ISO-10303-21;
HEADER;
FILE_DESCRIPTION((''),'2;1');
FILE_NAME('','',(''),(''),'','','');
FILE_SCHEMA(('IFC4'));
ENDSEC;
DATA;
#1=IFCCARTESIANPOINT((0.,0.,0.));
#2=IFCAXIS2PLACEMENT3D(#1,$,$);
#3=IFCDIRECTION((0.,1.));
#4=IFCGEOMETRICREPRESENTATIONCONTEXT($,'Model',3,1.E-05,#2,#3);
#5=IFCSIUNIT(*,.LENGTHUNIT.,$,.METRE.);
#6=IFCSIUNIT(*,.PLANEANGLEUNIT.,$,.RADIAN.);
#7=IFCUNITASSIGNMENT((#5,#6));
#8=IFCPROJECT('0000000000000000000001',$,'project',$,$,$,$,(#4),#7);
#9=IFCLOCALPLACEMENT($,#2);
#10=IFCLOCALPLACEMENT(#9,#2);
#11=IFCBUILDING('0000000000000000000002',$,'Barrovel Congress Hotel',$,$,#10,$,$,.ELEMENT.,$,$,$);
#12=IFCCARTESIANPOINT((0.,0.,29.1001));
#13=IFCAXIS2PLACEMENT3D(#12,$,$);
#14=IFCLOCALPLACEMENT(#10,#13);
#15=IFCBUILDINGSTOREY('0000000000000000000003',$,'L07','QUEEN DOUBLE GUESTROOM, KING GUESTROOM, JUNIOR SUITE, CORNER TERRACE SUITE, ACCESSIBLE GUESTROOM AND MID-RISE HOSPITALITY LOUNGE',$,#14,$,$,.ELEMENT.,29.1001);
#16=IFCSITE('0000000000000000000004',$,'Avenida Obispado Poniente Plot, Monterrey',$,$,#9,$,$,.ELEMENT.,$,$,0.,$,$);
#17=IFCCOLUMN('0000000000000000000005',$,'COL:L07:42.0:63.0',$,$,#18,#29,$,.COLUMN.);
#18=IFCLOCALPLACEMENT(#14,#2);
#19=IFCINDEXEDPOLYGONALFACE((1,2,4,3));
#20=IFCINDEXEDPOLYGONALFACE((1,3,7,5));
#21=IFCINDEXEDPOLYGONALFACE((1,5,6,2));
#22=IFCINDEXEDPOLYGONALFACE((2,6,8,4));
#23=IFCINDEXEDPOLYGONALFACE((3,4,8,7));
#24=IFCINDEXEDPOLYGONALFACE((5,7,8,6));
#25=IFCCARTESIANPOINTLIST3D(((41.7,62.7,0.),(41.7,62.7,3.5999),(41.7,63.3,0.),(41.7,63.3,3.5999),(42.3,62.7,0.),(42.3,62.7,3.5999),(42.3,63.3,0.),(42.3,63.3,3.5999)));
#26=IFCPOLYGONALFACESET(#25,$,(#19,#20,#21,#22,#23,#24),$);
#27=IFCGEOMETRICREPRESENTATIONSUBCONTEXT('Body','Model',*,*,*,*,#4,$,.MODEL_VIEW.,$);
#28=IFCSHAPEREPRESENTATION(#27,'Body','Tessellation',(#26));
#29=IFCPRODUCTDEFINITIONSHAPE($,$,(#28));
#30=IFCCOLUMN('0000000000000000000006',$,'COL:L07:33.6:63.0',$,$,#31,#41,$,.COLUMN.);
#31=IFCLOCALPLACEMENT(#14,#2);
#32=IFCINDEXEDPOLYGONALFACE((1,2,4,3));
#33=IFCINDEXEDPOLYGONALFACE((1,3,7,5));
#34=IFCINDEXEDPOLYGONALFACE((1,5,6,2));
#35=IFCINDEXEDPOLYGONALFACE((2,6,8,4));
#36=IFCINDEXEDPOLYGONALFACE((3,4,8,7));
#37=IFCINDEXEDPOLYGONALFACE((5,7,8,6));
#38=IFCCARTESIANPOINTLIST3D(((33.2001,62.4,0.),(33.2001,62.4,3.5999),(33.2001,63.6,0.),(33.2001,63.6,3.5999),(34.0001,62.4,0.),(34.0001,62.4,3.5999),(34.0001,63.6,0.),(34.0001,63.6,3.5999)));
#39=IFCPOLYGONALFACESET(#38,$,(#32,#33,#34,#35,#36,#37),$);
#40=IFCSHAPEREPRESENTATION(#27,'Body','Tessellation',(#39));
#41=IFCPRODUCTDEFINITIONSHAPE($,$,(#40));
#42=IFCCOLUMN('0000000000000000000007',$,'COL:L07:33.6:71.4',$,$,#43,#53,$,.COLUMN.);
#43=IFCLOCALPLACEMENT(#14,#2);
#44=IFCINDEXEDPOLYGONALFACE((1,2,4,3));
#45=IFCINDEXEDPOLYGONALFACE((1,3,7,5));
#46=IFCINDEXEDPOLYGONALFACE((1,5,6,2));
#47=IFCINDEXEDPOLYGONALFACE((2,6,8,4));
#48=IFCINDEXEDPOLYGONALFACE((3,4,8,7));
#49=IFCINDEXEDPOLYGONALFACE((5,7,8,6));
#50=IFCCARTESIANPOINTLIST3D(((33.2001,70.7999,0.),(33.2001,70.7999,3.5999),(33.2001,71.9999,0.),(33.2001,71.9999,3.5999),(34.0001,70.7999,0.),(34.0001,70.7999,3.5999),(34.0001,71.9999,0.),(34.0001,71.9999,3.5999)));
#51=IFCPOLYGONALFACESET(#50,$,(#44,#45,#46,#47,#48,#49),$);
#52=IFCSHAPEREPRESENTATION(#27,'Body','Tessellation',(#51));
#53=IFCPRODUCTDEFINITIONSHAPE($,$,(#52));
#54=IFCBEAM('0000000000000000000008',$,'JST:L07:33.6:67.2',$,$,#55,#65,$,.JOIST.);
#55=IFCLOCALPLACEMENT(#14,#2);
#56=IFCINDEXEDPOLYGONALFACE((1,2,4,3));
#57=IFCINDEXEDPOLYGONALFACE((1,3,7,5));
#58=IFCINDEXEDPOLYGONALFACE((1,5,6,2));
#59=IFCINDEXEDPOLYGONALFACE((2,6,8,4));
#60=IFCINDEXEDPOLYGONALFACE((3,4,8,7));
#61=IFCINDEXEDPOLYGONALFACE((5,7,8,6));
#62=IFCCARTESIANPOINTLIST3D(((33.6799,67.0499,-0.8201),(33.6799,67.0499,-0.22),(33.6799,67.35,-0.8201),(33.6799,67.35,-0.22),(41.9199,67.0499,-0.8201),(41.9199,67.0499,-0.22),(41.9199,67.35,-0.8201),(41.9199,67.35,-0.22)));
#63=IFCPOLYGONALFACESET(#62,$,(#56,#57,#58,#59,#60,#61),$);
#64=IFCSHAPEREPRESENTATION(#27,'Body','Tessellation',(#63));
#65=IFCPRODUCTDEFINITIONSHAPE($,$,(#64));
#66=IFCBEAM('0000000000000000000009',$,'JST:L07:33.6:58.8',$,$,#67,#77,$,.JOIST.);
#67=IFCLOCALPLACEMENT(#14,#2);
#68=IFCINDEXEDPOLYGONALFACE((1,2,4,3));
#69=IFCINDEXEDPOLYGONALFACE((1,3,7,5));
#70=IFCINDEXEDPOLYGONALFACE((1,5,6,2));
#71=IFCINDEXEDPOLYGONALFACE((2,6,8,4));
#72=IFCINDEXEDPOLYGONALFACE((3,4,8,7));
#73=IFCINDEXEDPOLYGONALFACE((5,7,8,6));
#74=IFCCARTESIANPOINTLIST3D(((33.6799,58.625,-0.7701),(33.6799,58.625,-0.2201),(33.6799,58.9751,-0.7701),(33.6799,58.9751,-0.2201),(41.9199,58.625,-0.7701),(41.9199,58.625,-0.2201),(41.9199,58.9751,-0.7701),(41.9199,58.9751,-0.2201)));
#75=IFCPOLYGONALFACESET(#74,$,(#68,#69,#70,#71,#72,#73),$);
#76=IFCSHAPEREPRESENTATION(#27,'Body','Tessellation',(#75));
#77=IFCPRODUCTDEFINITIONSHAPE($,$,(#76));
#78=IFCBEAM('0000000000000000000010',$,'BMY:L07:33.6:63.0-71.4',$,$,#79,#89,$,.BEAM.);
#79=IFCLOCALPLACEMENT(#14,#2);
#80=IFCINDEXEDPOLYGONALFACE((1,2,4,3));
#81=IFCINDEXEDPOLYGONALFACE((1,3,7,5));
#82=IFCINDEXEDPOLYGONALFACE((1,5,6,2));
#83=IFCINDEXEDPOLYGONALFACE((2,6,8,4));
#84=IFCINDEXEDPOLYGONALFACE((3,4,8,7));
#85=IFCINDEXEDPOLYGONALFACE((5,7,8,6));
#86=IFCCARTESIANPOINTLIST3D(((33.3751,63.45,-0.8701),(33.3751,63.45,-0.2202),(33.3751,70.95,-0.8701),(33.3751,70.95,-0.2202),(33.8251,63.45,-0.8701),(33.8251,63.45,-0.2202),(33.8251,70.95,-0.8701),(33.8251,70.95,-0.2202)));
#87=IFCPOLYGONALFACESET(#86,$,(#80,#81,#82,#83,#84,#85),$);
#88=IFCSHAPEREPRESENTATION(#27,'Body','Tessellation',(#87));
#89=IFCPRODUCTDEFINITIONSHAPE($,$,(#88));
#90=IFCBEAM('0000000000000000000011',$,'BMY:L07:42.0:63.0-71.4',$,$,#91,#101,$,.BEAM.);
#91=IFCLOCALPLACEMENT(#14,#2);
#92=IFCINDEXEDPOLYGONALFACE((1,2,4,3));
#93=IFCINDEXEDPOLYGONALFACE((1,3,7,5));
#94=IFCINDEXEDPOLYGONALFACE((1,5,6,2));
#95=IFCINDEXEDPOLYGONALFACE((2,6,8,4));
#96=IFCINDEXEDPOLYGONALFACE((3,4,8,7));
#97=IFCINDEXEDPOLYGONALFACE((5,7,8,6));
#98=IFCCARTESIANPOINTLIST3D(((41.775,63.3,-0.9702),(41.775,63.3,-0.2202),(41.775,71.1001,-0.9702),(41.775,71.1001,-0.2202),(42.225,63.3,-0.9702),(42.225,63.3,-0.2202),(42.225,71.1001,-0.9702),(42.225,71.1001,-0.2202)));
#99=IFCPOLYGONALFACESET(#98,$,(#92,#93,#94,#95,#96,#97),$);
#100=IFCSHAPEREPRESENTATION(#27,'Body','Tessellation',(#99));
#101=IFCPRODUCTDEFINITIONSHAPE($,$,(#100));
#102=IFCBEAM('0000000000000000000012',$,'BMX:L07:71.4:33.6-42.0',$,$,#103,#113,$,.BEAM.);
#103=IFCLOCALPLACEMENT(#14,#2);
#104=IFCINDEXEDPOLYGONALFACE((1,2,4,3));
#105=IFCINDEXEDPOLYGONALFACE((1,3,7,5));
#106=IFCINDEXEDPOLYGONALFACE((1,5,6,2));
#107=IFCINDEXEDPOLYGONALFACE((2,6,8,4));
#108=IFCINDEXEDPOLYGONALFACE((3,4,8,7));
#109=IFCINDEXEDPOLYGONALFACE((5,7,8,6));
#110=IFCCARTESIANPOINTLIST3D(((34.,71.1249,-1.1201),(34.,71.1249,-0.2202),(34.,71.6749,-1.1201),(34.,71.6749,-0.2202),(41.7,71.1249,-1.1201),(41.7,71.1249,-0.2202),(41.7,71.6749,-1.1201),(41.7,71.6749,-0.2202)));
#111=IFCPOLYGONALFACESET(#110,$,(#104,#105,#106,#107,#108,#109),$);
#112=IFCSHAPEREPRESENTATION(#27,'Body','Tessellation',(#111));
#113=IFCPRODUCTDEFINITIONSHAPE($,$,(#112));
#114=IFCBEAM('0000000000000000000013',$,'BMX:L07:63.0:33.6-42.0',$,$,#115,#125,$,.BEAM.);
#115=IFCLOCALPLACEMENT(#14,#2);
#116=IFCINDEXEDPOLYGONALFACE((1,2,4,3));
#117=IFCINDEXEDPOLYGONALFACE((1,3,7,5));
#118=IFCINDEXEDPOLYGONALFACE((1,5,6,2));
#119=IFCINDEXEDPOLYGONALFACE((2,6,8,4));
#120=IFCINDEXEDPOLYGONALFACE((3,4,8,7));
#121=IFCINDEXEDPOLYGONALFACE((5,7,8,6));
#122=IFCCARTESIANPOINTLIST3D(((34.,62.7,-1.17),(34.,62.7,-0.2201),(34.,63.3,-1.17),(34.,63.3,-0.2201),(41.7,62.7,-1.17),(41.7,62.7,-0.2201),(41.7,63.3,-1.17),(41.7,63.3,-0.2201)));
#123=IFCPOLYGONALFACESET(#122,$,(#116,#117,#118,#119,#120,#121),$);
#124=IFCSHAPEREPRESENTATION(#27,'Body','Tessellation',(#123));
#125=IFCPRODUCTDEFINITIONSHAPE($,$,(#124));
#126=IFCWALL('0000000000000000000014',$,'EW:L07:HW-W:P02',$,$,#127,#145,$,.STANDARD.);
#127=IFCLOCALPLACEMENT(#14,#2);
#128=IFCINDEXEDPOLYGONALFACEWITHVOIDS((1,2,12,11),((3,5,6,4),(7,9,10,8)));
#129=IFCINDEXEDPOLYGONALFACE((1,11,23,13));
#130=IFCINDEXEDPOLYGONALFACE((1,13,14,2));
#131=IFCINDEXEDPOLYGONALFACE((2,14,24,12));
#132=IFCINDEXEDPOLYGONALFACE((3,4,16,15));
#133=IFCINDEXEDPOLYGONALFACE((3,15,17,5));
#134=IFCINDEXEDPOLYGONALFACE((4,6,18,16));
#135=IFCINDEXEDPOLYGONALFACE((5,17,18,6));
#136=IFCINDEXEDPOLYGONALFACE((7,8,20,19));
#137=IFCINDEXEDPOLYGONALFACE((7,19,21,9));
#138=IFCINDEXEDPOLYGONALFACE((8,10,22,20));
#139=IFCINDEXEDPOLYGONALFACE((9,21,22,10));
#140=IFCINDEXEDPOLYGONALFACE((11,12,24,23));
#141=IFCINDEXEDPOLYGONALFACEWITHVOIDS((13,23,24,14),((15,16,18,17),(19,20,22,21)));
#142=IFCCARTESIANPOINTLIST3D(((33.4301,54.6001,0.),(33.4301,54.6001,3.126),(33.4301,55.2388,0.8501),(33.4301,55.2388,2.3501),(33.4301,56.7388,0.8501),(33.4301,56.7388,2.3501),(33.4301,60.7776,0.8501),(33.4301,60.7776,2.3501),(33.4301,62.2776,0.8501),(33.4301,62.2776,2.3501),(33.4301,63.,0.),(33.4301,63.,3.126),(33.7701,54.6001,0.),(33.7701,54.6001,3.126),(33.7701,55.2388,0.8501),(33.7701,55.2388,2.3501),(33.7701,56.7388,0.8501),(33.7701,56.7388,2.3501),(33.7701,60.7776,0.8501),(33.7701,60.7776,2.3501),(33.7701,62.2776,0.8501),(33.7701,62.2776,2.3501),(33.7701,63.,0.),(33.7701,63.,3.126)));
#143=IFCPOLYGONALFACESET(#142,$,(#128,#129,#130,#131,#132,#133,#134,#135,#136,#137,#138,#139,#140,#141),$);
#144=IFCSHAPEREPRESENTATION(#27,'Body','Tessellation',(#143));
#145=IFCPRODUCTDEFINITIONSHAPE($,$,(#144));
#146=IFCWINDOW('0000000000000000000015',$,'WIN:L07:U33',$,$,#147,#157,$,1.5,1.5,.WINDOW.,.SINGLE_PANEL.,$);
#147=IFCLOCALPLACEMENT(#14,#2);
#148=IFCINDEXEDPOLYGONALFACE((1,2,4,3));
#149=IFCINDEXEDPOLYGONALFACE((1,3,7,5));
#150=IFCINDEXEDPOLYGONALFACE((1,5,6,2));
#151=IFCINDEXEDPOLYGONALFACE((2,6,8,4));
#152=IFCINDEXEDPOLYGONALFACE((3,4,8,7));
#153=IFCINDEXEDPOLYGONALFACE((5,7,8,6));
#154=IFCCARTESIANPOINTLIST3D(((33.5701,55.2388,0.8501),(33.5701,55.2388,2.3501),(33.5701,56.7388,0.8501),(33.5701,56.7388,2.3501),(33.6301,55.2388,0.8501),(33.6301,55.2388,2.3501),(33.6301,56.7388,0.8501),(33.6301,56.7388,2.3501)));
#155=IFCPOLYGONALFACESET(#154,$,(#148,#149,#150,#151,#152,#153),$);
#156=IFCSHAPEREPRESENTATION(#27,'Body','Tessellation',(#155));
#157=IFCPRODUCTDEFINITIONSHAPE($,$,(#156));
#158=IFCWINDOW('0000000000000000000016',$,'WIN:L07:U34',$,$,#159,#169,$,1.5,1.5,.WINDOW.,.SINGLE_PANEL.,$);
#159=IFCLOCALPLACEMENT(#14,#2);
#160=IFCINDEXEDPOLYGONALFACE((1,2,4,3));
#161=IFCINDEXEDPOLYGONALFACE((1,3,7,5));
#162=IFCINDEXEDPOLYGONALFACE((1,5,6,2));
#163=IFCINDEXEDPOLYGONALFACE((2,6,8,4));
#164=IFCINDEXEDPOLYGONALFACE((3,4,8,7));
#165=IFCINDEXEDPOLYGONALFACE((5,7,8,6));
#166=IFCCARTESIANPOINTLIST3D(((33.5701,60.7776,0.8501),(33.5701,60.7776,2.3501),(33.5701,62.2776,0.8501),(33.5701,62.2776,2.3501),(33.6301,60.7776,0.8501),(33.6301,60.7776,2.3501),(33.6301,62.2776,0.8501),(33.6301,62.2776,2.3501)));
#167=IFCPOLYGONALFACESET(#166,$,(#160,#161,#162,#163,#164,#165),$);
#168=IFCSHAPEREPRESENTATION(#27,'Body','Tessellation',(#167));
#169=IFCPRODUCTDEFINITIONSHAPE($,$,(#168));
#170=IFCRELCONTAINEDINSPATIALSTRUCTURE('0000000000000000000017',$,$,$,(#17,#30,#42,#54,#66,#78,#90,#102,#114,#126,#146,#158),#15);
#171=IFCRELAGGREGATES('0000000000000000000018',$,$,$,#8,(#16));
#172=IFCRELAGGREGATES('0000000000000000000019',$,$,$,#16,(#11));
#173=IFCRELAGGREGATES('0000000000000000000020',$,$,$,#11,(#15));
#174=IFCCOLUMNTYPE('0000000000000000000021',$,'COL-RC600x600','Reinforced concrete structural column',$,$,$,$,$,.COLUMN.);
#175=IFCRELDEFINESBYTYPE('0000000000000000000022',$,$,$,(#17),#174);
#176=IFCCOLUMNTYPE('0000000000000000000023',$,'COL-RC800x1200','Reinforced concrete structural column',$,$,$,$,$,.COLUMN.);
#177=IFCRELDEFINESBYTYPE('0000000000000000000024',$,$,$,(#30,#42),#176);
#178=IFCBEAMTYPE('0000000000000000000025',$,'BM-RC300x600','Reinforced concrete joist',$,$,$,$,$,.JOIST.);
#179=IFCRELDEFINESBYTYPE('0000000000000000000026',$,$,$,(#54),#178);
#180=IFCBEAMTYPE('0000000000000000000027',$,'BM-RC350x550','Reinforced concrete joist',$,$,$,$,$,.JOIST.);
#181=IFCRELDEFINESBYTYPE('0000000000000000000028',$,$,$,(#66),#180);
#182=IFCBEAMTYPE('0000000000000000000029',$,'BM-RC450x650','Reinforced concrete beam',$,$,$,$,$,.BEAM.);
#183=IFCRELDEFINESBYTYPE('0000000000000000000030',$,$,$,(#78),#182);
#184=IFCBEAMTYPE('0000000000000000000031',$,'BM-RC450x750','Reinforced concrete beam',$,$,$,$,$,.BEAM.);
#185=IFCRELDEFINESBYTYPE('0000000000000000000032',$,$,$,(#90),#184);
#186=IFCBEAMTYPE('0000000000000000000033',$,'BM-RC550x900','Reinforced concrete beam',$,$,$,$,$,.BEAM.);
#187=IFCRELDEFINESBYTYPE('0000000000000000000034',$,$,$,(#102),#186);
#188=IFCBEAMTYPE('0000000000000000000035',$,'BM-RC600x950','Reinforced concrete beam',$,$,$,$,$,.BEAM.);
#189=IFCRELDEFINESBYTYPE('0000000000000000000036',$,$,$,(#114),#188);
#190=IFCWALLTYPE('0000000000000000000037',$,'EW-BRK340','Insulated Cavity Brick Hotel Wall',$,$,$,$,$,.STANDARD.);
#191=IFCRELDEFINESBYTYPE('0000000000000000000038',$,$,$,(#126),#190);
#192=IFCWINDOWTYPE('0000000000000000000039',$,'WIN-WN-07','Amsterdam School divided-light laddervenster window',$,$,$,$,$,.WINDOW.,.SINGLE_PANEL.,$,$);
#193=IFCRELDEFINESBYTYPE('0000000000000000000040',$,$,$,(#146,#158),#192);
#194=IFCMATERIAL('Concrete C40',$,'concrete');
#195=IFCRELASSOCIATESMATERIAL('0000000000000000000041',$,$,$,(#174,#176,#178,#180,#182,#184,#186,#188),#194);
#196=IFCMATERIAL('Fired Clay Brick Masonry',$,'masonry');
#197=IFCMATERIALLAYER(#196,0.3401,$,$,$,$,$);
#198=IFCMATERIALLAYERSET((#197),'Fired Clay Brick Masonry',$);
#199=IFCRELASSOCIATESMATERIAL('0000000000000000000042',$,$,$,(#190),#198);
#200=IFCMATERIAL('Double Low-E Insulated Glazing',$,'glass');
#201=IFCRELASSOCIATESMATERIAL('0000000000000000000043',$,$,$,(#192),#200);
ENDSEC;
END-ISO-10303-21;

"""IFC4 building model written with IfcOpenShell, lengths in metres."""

from ifc_helpers import new_model, si_unit, direction, frame, frame_2d, origin, origin_2d, place, context, subcontext, project, spatial, rectangle, extrude, material, layer, layer_set, material_profile, profile_set, type_object, element, fill, save


model = new_model("IFC4")

# Units and contexts
model_context = context("Model", 3, precision=1e-05, world=origin(), true_north=direction((0.0, 1.0)))
body_context = subcontext(model_context, "Body", "Model", "MODEL_VIEW")
ifc_project = project(units=[si_unit("LENGTHUNIT", "METRE"), si_unit("PLANEANGLEUNIT", "RADIAN")], contexts=[model_context])

# Site, building, storey
site_placement = place(None, origin())
site = spatial("IfcSite", under=ifc_project, at=site_placement, Name="Avenida Obispado Poniente Plot, Monterrey", CompositionType="ELEMENT", RefElevation=0.0)
building_placement = place(site_placement, origin())
building = spatial("IfcBuilding", under=site, at=building_placement, Name="Barrovel Congress Hotel", CompositionType="ELEMENT")
storey_placement = place(building_placement, frame((0.0, 0.0, 29.1001)))
storey = spatial("IfcBuildingStorey", under=building, at=storey_placement, Name="L07", Description="QUEEN DOUBLE GUESTROOM, KING GUESTROOM, JUNIOR SUITE, CORNER TERRACE SUITE, ACCESSIBLE GUESTROOM AND MID-RISE HOSPITALITY LOUNGE", CompositionType="ELEMENT", Elevation=29.1001)

# Columns
ifc_material_1 = material(Name="Concrete C40", Category="concrete")
ifc_material_profile_1 = material_profile(ifc_material_1, rectangle(XDim=0.6001, YDim=0.6001, at=origin_2d()), Name="RC600x600")
ifc_profile_set_1 = profile_set([ifc_material_profile_1], Name="Concrete C40")
column_type_1 = type_object("IfcColumnType", Name="COL-RC600x600", Description="Reinforced concrete structural column", PredefinedType="COLUMN", material=ifc_profile_set_1)
column_placement = place(storey_placement, frame((42.0, 63.0, 0.0), z_axis=(0.0, 0.0, 1.0), x_axis=(1.0, 0.0, 0.0)))
element("IfcColumn", 1, at=column_placement, inside=storey, type_object=column_type_1, Name="COL:L07:42.0:63.0", PredefinedType="COLUMN", context=body_context, shape_type="SweptSolid", body=[
    extrude(rectangle(XDim=0.6001, YDim=0.6001, at=origin_2d()), origin(), (0.0, 0.0, 1.0), 3.5999),
])
ifc_material_profile_2 = material_profile(ifc_material_1, rectangle(XDim=0.8, YDim=1.2, at=origin_2d()), Name="RC800x1200")
ifc_profile_set_2 = profile_set([ifc_material_profile_2], Name="Concrete C40")
column_type_2 = type_object("IfcColumnType", Name="COL-RC800x1200", Description="Reinforced concrete structural column", PredefinedType="COLUMN", material=ifc_profile_set_2)
for number, where, z_axis, x_axis, name in (
    (2, (33.6001, 63.0, 0.0), (0.0, 0.0, 1.0), (1.0, 0.0, 0.0), "COL:L07:33.6:63.0"),
    (3, (33.6001, 71.3999, 0.0), (0.0, 0.0, 1.0), (1.0, 0.0, 0.0), "COL:L07:33.6:71.4"),
):
    element("IfcColumn", number, at=place(storey_placement, frame(where, z_axis=z_axis, x_axis=x_axis)), inside=storey, type_object=column_type_2, Name=name, PredefinedType="COLUMN", context=body_context, shape_type="SweptSolid", body=[
        extrude(rectangle(XDim=0.8, YDim=1.2, at=origin_2d()), origin(), (0.0, 0.0, 1.0), 3.5999),
    ])

# Beams
ifc_material_profile_3 = material_profile(ifc_material_1, rectangle(XDim=0.3, YDim=0.6001, at=origin_2d()), Name="RC300x600")
ifc_profile_set_3 = profile_set([ifc_material_profile_3], Name="Concrete C40")
beam_type_1 = type_object("IfcBeamType", Name="BM-RC300x600", Description="Reinforced concrete joist", PredefinedType="JOIST", material=ifc_profile_set_3)
beam_1_placement = place(storey_placement, frame((33.6799, 67.2, -0.52), z_axis=(1.0, 0.0, 0.0), x_axis=(0.0, 1.0, 0.0)))
element("IfcBeam", 4, at=beam_1_placement, inside=storey, type_object=beam_type_1, Name="JST:L07:33.6:67.2", PredefinedType="JOIST", context=body_context, shape_type="SweptSolid", body=[
    extrude(rectangle(XDim=0.3, YDim=0.6001, at=origin_2d()), origin(), (0.0, 0.0, 1.0), 8.24),
])
ifc_material_profile_4 = material_profile(ifc_material_1, rectangle(XDim=0.3501, YDim=0.55, at=origin_2d()), Name="RC350x550")
ifc_profile_set_4 = profile_set([ifc_material_profile_4], Name="Concrete C40")
beam_type_2 = type_object("IfcBeamType", Name="BM-RC350x550", Description="Reinforced concrete joist", PredefinedType="JOIST", material=ifc_profile_set_4)
beam_2_placement = place(storey_placement, frame((33.6799, 58.8, -0.4951), z_axis=(1.0, 0.0, 0.0), x_axis=(0.0, 1.0, 0.0)))
element("IfcBeam", 5, at=beam_2_placement, inside=storey, type_object=beam_type_2, Name="JST:L07:33.6:58.8", PredefinedType="JOIST", context=body_context, shape_type="SweptSolid", body=[
    extrude(rectangle(XDim=0.3501, YDim=0.55, at=origin_2d()), origin(), (0.0, 0.0, 1.0), 8.24),
])
ifc_material_profile_5 = material_profile(ifc_material_1, rectangle(XDim=0.45, YDim=0.6499, at=origin_2d()), Name="RC450x650")
ifc_profile_set_5 = profile_set([ifc_material_profile_5], Name="Concrete C40")
beam_type_3 = type_object("IfcBeamType", Name="BM-RC450x650", Description="Reinforced concrete beam", PredefinedType="BEAM", material=ifc_profile_set_5)
beam_3_placement = place(storey_placement, frame((33.6001, 63.45, -0.5452), z_axis=(0.0, 1.0, 0.0), x_axis=(-1.0, 0.0, 0.0)))
element("IfcBeam", 6, at=beam_3_placement, inside=storey, type_object=beam_type_3, Name="BMY:L07:33.6:63.0-71.4", PredefinedType="BEAM", context=body_context, shape_type="SweptSolid", body=[
    extrude(rectangle(XDim=0.45, YDim=0.6499, at=origin_2d()), origin(), (0.0, 0.0, 1.0), 7.5),
])
ifc_material_profile_6 = material_profile(ifc_material_1, rectangle(XDim=0.45, YDim=0.75, at=origin_2d()), Name="RC450x750")
ifc_profile_set_6 = profile_set([ifc_material_profile_6], Name="Concrete C40")
beam_type_4 = type_object("IfcBeamType", Name="BM-RC450x750", Description="Reinforced concrete beam", PredefinedType="BEAM", material=ifc_profile_set_6)
beam_4_placement = place(storey_placement, frame((42.0, 63.3, -0.5952), z_axis=(0.0, 1.0, 0.0), x_axis=(-1.0, 0.0, 0.0)))
element("IfcBeam", 7, at=beam_4_placement, inside=storey, type_object=beam_type_4, Name="BMY:L07:42.0:63.0-71.4", PredefinedType="BEAM", context=body_context, shape_type="SweptSolid", body=[
    extrude(rectangle(XDim=0.45, YDim=0.75, at=origin_2d()), origin(), (0.0, 0.0, 1.0), 7.8),
])
ifc_material_profile_7 = material_profile(ifc_material_1, rectangle(XDim=0.55, YDim=0.8999, at=origin_2d()), Name="RC550x900")
ifc_profile_set_7 = profile_set([ifc_material_profile_7], Name="Concrete C40")
beam_type_5 = type_object("IfcBeamType", Name="BM-RC550x900", Description="Reinforced concrete beam", PredefinedType="BEAM", material=ifc_profile_set_7)
beam_5_placement = place(storey_placement, frame((34.0, 71.3999, -0.6702), z_axis=(1.0, 0.0, 0.0), x_axis=(0.0, 1.0, 0.0)))
element("IfcBeam", 8, at=beam_5_placement, inside=storey, type_object=beam_type_5, Name="BMX:L07:71.4:33.6-42.0", PredefinedType="BEAM", context=body_context, shape_type="SweptSolid", body=[
    extrude(rectangle(XDim=0.55, YDim=0.8999, at=origin_2d()), origin(), (0.0, 0.0, 1.0), 7.7),
])
ifc_material_profile_8 = material_profile(ifc_material_1, rectangle(XDim=0.6001, YDim=0.95, at=origin_2d()), Name="RC600x950")
ifc_profile_set_8 = profile_set([ifc_material_profile_8], Name="Concrete C40")
beam_type_6 = type_object("IfcBeamType", Name="BM-RC600x950", Description="Reinforced concrete beam", PredefinedType="BEAM", material=ifc_profile_set_8)
beam_6_placement = place(storey_placement, frame((34.0, 63.0, -0.6951), z_axis=(1.0, 0.0, 0.0), x_axis=(0.0, 1.0, 0.0)))
element("IfcBeam", 9, at=beam_6_placement, inside=storey, type_object=beam_type_6, Name="BMX:L07:63.0:33.6-42.0", PredefinedType="BEAM", context=body_context, shape_type="SweptSolid", body=[
    extrude(rectangle(XDim=0.6001, YDim=0.95, at=origin_2d()), origin(), (0.0, 0.0, 1.0), 7.7),
])

# Wall, openings, windows
ifc_material_2 = material(Name="Fired Clay Brick Masonry", Category="masonry")
ifc_layer_1 = layer(ifc_material_2, 0.3401)
ifc_layer_set_1 = layer_set([ifc_layer_1], Name="Fired Clay Brick Masonry")
wall_type_1 = type_object("IfcWallType", Name="EW-BRK340", Description="Insulated Cavity Brick Hotel Wall", PredefinedType="STANDARD", material=ifc_layer_set_1)
wall_1_placement = place(storey_placement, frame((33.6001, 63.0, 0.0), z_axis=(0.0, 0.0, 1.0), x_axis=(0.0, -1.0, 0.0)))
wall_1 = element("IfcWall", 10, at=wall_1_placement, inside=storey, type_object=wall_type_1, Name="EW:L07:HW-W:P02", PredefinedType="STANDARD", context=body_context, shape_type="SweptSolid", body=[
    extrude(rectangle(XDim=8.3999, YDim=0.3401, at=frame_2d((4.2, 0.0))), origin(), (0.0, 0.0, 1.0), 3.126),
])
opening_1_placement = place(wall_1_placement, frame((6.2612, 0.0, 0.8501)))
opening_1 = element("IfcOpeningElement", 11, at=opening_1_placement, cuts=wall_1, PredefinedType="OPENING", context=body_context, shape_type="SweptSolid", body=[
    extrude(rectangle(XDim=1.5, YDim=1.5, at=frame_2d((0.75, 0.75))), frame((0.0, 0.1802, 0.0), z_axis=(0.0, -1.0, 0.0), x_axis=(1.0, 0.0, 0.0)), (0.0, 0.0, 1.0), 0.3601),
])
opening_2_placement = place(wall_1_placement, frame((0.7224, 0.0, 0.8501)))
opening_2 = element("IfcOpeningElement", 12, at=opening_2_placement, cuts=wall_1, PredefinedType="OPENING", context=body_context, shape_type="SweptSolid", body=[
    extrude(rectangle(XDim=1.5, YDim=1.5, at=frame_2d((0.75, 0.75))), frame((0.0, 0.1802, 0.0), z_axis=(0.0, -1.0, 0.0), x_axis=(1.0, 0.0, 0.0)), (0.0, 0.0, 1.0), 0.3601),
])
ifc_material_3 = material(Name="Double Low-E Insulated Glazing", Category="glass")
window_type = type_object("IfcWindowType", Name="WIN-WN-07", Description="Amsterdam School divided-light laddervenster window", PartitioningType="SINGLE_PANEL", PredefinedType="WINDOW", material=ifc_material_3)
window_1_placement = place(opening_1_placement, origin())
window_1 = element("IfcWindow", 13, at=window_1_placement, inside=storey, type_object=window_type, Name="WIN:L07:U33", OverallHeight=1.5, OverallWidth=1.5, PartitioningType="SINGLE_PANEL", PredefinedType="WINDOW", context=body_context, shape_type="SweptSolid", body=[
    extrude(rectangle(XDim=1.5, YDim=1.5, at=frame_2d((0.75, 0.75))), frame((0.0, 0.03, 0.0), z_axis=(0.0, -1.0, 0.0), x_axis=(1.0, 0.0, 0.0)), (0.0, 0.0, 1.0), 0.0601),
])
fill(opening_1, window_1)
window_2_placement = place(opening_2_placement, origin())
window_2 = element("IfcWindow", 14, at=window_2_placement, inside=storey, type_object=window_type, Name="WIN:L07:U34", OverallHeight=1.5, OverallWidth=1.5, PartitioningType="SINGLE_PANEL", PredefinedType="WINDOW", context=body_context, shape_type="SweptSolid", body=[
    extrude(rectangle(XDim=1.5, YDim=1.5, at=frame_2d((0.75, 0.75))), frame((0.0, 0.03, 0.0), z_axis=(0.0, -1.0, 0.0), x_axis=(1.0, 0.0, 0.0)), (0.0, 0.0, 1.0), 0.0601),
])
fill(opening_2, window_2)

save(model, "model.ifc")
